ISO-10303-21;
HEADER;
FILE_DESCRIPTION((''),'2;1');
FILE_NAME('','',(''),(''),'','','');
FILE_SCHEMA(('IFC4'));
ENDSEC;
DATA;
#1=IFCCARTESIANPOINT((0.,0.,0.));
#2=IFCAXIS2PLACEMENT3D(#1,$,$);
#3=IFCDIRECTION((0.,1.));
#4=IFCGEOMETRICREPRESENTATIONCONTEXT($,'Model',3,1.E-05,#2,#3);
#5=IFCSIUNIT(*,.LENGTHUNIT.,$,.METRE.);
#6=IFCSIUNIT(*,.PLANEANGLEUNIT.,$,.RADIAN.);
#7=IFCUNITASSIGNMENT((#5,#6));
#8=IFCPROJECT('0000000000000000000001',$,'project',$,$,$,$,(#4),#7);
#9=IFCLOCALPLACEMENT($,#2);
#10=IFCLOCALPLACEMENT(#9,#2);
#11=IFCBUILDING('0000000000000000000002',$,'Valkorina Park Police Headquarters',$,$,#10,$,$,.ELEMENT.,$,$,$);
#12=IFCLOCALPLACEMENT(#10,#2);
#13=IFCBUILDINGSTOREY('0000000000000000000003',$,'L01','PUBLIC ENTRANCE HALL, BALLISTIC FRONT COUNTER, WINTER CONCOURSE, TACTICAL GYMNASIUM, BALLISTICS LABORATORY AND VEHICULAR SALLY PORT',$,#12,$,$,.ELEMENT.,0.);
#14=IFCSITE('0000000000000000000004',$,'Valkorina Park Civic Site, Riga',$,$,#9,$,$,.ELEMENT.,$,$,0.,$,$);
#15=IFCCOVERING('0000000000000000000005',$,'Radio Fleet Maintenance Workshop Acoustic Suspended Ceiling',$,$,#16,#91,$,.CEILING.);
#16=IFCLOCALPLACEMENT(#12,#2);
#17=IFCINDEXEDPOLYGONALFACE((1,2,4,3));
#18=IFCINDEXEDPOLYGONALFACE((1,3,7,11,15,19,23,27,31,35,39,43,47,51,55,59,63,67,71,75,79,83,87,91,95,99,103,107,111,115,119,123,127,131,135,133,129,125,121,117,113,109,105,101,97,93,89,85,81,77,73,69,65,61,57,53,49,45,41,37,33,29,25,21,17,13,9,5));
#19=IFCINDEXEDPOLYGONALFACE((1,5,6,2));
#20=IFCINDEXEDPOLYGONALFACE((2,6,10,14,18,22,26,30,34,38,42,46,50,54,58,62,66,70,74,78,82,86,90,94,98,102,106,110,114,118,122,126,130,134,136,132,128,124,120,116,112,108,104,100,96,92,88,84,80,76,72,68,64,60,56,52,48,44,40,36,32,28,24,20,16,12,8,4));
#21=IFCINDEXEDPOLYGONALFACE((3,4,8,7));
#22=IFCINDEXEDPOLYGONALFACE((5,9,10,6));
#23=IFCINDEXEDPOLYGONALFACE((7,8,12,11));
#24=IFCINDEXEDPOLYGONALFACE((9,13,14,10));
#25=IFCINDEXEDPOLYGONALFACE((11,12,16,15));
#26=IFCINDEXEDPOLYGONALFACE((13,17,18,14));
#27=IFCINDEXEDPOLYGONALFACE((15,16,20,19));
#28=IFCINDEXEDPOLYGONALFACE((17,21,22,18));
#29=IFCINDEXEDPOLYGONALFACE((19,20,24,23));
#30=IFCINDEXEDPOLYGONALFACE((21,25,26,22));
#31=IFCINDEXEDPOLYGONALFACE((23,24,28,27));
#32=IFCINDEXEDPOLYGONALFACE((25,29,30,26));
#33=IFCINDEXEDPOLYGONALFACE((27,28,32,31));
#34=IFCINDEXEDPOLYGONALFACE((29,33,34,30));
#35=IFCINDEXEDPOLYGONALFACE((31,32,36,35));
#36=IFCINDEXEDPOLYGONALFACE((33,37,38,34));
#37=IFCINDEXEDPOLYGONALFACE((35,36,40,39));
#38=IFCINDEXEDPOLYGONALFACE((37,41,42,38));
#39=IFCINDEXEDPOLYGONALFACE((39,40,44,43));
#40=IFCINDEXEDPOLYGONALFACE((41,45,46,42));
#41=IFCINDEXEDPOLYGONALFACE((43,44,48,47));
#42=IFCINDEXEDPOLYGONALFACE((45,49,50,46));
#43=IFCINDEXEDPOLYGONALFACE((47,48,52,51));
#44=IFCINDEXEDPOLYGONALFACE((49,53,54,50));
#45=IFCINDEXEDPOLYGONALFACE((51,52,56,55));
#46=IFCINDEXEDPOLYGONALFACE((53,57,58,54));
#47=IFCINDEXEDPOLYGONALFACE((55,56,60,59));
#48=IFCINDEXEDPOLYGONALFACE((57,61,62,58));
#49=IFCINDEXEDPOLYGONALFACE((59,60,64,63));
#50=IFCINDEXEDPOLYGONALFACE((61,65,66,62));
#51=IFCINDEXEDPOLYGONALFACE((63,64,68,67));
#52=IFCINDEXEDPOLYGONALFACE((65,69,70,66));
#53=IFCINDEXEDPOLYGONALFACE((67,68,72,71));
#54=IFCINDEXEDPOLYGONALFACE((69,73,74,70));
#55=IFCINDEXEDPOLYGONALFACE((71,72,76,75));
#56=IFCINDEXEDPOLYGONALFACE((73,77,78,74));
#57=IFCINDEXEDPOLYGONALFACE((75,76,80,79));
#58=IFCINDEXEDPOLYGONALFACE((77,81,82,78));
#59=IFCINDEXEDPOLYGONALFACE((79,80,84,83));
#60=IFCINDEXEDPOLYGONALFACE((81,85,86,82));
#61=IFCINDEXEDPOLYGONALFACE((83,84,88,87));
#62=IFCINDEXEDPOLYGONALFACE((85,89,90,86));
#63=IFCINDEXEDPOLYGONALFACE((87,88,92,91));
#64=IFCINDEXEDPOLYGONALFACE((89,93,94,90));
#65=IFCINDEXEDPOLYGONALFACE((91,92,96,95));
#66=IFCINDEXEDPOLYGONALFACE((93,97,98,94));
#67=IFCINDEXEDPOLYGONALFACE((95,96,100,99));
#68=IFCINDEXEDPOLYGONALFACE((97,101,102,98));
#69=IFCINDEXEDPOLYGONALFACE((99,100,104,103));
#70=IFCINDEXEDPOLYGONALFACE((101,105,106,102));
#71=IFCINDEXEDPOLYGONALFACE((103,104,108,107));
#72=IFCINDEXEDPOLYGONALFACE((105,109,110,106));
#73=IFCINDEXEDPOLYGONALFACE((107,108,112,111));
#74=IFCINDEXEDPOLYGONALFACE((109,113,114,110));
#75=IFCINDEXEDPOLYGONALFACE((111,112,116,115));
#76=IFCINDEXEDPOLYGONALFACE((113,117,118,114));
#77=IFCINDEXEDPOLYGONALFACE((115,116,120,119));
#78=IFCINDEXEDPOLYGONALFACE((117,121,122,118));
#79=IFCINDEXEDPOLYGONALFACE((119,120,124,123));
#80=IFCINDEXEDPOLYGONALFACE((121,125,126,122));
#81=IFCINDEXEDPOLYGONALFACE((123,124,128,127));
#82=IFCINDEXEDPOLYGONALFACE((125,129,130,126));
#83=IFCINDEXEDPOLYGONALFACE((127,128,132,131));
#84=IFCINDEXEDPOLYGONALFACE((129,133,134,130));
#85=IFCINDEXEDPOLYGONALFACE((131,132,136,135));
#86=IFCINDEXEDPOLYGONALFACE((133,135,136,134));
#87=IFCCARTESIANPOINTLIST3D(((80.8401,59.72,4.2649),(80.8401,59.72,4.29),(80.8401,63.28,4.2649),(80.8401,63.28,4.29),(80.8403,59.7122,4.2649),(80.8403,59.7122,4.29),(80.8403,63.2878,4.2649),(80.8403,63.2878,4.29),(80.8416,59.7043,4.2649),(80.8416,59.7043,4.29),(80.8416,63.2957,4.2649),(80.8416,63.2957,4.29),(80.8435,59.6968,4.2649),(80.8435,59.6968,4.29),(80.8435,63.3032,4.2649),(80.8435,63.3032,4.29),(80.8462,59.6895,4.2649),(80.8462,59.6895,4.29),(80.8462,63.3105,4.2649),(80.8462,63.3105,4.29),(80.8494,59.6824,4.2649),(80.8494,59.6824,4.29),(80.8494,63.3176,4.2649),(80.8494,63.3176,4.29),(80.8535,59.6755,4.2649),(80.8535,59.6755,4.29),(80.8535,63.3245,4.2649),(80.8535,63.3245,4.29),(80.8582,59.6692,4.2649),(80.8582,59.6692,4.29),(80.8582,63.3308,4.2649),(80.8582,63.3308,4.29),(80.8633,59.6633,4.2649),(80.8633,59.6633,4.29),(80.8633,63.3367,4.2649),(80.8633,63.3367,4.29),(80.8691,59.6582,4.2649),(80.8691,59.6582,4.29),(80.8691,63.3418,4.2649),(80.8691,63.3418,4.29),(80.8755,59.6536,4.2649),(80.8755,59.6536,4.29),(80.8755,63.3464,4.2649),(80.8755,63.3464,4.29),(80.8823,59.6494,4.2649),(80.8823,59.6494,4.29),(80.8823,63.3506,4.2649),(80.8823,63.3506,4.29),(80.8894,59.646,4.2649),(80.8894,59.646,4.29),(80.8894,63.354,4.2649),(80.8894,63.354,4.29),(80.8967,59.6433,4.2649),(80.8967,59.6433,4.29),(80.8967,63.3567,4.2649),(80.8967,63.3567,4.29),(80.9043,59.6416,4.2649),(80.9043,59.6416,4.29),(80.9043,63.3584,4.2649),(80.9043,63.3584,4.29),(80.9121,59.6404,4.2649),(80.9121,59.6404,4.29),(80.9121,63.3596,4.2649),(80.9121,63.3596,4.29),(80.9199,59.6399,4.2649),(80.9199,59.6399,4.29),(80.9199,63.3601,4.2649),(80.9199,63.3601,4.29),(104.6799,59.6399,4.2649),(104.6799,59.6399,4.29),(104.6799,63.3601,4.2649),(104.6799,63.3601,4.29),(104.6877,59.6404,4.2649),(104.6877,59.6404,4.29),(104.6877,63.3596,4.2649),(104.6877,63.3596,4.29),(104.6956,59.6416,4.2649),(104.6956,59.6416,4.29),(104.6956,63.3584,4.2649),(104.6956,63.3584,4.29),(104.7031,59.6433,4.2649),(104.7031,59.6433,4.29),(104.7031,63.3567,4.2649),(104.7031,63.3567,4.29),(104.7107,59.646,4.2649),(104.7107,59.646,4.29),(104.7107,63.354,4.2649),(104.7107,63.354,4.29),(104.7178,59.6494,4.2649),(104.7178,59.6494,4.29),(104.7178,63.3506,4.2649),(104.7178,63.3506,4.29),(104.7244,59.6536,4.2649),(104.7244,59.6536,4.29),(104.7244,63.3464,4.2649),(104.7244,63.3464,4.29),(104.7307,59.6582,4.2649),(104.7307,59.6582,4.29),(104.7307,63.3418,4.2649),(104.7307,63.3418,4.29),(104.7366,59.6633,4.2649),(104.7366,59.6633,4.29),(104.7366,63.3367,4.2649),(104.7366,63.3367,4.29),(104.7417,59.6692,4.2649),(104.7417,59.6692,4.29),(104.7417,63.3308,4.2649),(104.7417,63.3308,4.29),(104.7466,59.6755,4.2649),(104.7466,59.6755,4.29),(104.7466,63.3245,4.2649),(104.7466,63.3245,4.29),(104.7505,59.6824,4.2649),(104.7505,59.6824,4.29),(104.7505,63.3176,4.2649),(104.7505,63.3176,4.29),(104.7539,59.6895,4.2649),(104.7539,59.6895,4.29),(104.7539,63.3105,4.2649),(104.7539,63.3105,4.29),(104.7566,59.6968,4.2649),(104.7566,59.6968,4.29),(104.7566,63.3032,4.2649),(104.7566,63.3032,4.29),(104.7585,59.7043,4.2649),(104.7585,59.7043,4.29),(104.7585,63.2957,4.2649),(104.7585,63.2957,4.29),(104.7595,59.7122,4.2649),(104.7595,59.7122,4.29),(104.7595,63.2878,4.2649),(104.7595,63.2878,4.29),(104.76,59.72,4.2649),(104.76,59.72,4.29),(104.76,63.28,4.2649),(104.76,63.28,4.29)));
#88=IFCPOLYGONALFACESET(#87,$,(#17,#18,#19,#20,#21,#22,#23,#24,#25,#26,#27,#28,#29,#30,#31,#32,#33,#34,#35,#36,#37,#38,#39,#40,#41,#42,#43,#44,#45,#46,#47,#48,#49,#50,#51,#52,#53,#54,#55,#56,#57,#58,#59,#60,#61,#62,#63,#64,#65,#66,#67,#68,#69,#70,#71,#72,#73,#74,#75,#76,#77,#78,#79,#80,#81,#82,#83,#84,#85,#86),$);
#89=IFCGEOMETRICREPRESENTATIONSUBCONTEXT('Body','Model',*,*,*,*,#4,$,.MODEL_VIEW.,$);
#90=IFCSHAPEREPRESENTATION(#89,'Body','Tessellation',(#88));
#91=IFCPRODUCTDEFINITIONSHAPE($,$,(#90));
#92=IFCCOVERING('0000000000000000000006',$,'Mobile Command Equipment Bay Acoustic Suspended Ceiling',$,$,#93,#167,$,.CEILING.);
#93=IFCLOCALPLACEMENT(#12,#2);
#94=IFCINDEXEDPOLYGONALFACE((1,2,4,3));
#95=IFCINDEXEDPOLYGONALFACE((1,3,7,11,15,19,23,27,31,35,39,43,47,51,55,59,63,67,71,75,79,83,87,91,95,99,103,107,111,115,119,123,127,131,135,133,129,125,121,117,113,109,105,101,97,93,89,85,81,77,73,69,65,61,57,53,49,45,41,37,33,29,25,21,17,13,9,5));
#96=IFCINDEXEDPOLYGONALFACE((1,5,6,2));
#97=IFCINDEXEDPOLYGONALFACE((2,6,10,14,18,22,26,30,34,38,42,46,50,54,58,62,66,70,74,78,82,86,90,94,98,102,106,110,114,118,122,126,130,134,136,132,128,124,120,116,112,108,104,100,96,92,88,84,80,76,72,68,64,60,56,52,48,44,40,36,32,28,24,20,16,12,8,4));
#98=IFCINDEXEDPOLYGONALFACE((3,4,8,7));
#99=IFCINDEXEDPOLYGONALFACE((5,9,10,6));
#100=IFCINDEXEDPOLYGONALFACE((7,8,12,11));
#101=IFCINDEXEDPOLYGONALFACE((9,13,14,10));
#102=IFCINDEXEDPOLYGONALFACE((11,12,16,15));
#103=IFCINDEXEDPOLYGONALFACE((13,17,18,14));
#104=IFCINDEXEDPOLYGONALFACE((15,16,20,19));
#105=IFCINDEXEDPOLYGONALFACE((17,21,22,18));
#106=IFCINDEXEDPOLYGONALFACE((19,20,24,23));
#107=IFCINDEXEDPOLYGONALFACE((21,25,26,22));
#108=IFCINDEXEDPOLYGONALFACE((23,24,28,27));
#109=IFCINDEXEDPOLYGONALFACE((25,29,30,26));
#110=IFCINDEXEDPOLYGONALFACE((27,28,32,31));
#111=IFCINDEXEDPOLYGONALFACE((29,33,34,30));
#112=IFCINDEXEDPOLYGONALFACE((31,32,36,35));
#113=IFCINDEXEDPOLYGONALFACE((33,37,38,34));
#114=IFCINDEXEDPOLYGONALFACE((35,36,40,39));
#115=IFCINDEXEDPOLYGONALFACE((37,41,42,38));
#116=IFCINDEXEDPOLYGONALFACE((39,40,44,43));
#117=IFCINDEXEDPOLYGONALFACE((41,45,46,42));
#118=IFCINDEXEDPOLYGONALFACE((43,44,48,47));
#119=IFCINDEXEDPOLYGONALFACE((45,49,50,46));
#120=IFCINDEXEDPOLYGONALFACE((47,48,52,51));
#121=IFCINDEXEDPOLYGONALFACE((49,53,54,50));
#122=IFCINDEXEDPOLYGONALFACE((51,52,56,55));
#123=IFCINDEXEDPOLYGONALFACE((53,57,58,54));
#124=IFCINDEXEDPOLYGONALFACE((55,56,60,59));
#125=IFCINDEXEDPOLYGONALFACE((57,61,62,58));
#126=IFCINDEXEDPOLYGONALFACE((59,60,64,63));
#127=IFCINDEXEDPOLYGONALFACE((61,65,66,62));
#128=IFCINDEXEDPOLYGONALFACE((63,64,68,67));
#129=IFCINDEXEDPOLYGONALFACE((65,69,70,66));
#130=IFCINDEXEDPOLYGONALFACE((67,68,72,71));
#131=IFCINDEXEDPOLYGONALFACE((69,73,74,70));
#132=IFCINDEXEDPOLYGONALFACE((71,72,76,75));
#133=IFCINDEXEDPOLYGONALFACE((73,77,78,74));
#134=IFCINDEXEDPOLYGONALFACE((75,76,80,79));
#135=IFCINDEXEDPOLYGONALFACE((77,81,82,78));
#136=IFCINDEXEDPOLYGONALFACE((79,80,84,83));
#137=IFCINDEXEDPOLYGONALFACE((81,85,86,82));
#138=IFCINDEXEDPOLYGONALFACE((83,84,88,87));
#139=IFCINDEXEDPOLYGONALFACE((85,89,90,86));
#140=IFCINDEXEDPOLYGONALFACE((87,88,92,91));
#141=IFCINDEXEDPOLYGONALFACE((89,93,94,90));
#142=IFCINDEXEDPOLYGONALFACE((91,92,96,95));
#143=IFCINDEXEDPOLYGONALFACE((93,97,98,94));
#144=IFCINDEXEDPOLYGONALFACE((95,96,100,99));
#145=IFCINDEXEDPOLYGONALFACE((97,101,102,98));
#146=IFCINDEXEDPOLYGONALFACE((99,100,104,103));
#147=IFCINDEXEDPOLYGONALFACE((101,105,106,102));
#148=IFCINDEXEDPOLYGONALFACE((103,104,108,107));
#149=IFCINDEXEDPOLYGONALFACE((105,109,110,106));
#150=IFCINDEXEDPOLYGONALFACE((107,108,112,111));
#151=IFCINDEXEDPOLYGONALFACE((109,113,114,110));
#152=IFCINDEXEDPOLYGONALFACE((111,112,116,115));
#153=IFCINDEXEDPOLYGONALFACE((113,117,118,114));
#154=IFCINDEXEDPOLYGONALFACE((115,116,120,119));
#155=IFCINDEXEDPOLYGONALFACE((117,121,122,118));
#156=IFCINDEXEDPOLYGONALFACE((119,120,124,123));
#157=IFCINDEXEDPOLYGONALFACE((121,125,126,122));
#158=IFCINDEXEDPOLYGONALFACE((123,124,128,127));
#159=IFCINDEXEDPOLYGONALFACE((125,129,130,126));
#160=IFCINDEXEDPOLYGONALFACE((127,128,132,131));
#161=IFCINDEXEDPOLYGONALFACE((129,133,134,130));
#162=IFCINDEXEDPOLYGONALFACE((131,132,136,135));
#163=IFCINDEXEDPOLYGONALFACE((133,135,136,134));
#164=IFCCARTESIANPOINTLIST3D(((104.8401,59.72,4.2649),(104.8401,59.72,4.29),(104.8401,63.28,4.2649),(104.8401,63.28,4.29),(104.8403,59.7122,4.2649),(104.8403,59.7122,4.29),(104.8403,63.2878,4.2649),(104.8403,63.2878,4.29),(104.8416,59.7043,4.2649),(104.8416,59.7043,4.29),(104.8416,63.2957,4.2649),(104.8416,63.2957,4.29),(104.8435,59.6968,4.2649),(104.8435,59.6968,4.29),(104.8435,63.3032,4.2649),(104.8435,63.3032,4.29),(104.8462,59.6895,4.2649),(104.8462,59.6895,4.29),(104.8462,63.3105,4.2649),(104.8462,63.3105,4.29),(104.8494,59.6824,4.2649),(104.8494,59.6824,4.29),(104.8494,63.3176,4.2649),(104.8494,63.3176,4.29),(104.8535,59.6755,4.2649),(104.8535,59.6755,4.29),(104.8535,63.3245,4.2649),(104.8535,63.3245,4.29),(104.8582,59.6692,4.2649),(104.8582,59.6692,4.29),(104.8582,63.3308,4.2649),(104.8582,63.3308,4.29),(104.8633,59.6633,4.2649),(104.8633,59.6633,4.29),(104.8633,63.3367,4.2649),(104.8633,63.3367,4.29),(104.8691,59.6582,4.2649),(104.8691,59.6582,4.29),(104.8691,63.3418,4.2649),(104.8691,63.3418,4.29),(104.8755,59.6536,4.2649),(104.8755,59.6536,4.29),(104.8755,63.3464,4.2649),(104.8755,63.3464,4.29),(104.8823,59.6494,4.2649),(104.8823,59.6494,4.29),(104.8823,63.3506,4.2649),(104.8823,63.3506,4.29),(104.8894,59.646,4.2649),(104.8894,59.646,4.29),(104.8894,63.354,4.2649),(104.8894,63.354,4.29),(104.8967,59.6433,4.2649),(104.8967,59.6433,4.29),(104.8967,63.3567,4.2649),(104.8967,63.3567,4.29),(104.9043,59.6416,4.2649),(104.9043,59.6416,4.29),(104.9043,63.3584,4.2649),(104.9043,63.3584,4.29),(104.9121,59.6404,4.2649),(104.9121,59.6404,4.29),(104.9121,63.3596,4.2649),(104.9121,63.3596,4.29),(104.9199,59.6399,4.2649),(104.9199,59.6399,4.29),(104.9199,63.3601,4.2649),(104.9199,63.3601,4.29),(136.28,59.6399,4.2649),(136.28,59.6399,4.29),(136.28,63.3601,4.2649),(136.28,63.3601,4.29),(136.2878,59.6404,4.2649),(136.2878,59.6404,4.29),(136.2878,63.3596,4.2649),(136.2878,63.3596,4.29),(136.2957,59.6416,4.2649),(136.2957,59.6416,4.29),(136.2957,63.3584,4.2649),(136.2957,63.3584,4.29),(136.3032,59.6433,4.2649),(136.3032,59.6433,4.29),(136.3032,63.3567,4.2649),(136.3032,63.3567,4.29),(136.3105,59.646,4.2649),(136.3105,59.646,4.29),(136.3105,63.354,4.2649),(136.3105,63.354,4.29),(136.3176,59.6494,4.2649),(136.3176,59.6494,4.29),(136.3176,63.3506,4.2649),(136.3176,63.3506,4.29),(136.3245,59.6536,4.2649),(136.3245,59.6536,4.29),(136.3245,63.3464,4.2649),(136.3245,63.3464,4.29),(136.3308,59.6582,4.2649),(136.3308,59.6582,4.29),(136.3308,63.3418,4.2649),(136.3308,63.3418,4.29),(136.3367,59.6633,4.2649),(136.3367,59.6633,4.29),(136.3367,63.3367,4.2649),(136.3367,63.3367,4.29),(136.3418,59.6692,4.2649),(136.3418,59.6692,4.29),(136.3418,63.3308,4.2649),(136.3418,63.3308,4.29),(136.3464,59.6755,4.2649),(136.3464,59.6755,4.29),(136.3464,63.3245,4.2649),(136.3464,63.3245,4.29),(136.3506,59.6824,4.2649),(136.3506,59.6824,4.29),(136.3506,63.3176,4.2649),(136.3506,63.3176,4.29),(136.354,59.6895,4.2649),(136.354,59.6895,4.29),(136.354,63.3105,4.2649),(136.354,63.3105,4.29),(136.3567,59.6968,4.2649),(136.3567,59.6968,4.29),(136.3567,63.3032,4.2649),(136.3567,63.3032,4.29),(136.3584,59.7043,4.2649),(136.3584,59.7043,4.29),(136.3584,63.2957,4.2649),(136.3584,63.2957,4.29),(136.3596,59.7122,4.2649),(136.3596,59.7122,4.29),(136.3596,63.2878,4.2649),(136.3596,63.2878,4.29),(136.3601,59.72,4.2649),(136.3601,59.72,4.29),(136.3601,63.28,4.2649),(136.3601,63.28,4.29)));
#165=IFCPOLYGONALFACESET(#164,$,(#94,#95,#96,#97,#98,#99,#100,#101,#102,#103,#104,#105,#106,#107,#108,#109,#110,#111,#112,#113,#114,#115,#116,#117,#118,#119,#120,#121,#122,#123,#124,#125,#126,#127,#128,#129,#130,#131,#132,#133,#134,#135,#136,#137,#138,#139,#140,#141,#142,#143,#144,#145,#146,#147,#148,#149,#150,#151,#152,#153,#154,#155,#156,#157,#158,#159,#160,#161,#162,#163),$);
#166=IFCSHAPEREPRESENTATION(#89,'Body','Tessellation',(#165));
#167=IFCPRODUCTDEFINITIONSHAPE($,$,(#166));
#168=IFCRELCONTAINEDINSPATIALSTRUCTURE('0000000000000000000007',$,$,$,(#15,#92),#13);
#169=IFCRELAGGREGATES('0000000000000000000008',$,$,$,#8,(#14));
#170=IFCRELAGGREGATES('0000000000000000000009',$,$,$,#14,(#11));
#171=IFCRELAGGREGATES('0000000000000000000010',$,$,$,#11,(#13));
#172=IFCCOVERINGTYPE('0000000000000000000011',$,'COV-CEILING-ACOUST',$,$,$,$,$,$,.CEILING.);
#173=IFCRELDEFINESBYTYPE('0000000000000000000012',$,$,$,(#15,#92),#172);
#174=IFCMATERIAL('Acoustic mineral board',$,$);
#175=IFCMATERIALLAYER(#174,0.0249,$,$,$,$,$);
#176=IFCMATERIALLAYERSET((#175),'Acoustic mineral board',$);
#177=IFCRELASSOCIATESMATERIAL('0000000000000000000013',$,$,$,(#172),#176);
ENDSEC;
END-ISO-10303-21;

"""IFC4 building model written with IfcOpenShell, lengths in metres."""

from ifc_helpers import new_model, si_unit, direction, frame, origin, place, context, subcontext, project, spatial, polyline, outline, extrude, material, layer, layer_set, type_object, element, save


model = new_model("IFC4")

# Units and contexts
model_context = context("Model", 3, precision=1e-05, world=origin(), true_north=direction((0.0, 1.0)))
body_context = subcontext(model_context, "Body", "Model", "MODEL_VIEW")
ifc_project = project(units=[si_unit("LENGTHUNIT", "METRE"), si_unit("PLANEANGLEUNIT", "RADIAN")], contexts=[model_context])

# Site, building, storey
site_placement = place(None, origin())
site = spatial("IfcSite", under=ifc_project, at=site_placement, Name="Valkorina Park Civic Site, Riga", CompositionType="ELEMENT", RefElevation=0.0)
building_placement = place(site_placement, origin())
building = spatial("IfcBuilding", under=site, at=building_placement, Name="Valkorina Park Police Headquarters", CompositionType="ELEMENT")
storey_placement = place(building_placement, origin())
storey = spatial("IfcBuildingStorey", under=building, at=storey_placement, Name="L01", Description="PUBLIC ENTRANCE HALL, BALLISTIC FRONT COUNTER, WINTER CONCOURSE, TACTICAL GYMNASIUM, BALLISTICS LABORATORY AND VEHICULAR SALLY PORT", CompositionType="ELEMENT", Elevation=0.0)

# Coverings
ifc_material_1 = material(Name="Acoustic mineral board")
ifc_layer_1 = layer(ifc_material_1, 0.0249)
ifc_layer_set_1 = layer_set([ifc_layer_1], Name="Acoustic mineral board")
covering_type_1 = type_object("IfcCoveringType", Name="COV-CEILING-ACOUST", PredefinedType="CEILING", material=ifc_layer_set_1)
covering_1_placement = place(storey_placement, frame((0.0, 0.0, 4.2649)))
element("IfcCovering", 1, at=covering_1_placement, inside=storey, type_object=covering_type_1, Name="Radio Fleet Maintenance Workshop Acoustic Suspended Ceiling", PredefinedType="CEILING", context=body_context, shape_type="SweptSolid", body=[
    extrude(outline(polyline([(104.7585, 59.7043), (104.7595, 59.7122), (104.76, 59.72), (104.76, 63.28), (104.7595, 63.2878), (104.7585, 63.2957), (104.7566, 63.3032), (104.7539, 63.3105), (104.7505, 63.3176), (104.7466, 63.3245), (104.7417, 63.3308), (104.7366, 63.3367), (104.7307, 63.3418), (104.7244, 63.3464), (104.7178, 63.3506), (104.7107, 63.354), (104.7031, 63.3567), (104.6956, 63.3584), (104.6877, 63.3596), (104.6799, 63.3601), (80.9199, 63.3601), (80.9121, 63.3596), (80.9043, 63.3584), (80.8967, 63.3567), (80.8894, 63.354), (80.8823, 63.3506), (80.8755, 63.3464), (80.8691, 63.3418), (80.8633, 63.3367), (80.8582, 63.3308), (80.8535, 63.3245), (80.8494, 63.3176), (80.8462, 63.3105), (80.8435, 63.3032), (80.8416, 63.2957), (80.8403, 63.2878), (80.8401, 63.28), (80.8401, 59.72), (80.8403, 59.7122), (80.8416, 59.7043), (80.8435, 59.6968), (80.8462, 59.6895), (80.8494, 59.6824), (80.8535, 59.6755), (80.8582, 59.6692), (80.8633, 59.6633), (80.8691, 59.6582), (80.8755, 59.6536), (80.8823, 59.6494), (80.8894, 59.646), (80.8967, 59.6433), (80.9043, 59.6416), (80.9121, 59.6404), (80.9199, 59.6399), (104.6799, 59.6399), (104.6877, 59.6404), (104.6956, 59.6416), (104.7031, 59.6433), (104.7107, 59.646), (104.7178, 59.6494), (104.7244, 59.6536), (104.7307, 59.6582), (104.7366, 59.6633), (104.7417, 59.6692), (104.7466, 59.6755), (104.7505, 59.6824), (104.7539, 59.6895), (104.7566, 59.6968), (104.7585, 59.7043)])), origin(), (0.0, 0.0, 1.0), 0.0251),
])
covering_2_placement = place(storey_placement, frame((0.0, 0.0, 4.2649)))
element("IfcCovering", 2, at=covering_2_placement, inside=storey, type_object=covering_type_1, Name="Mobile Command Equipment Bay Acoustic Suspended Ceiling", PredefinedType="CEILING", context=body_context, shape_type="SweptSolid", body=[
    extrude(outline(polyline([(136.3584, 59.7043), (136.3596, 59.7122), (136.3601, 59.72), (136.3601, 63.28), (136.3596, 63.2878), (136.3584, 63.2957), (136.3567, 63.3032), (136.354, 63.3105), (136.3506, 63.3176), (136.3464, 63.3245), (136.3418, 63.3308), (136.3367, 63.3367), (136.3308, 63.3418), (136.3245, 63.3464), (136.3176, 63.3506), (136.3105, 63.354), (136.3032, 63.3567), (136.2957, 63.3584), (136.2878, 63.3596), (136.28, 63.3601), (104.9199, 63.3601), (104.9121, 63.3596), (104.9043, 63.3584), (104.8967, 63.3567), (104.8894, 63.354), (104.8823, 63.3506), (104.8755, 63.3464), (104.8691, 63.3418), (104.8633, 63.3367), (104.8582, 63.3308), (104.8535, 63.3245), (104.8494, 63.3176), (104.8462, 63.3105), (104.8435, 63.3032), (104.8416, 63.2957), (104.8403, 63.2878), (104.8401, 63.28), (104.8401, 59.72), (104.8403, 59.7122), (104.8416, 59.7043), (104.8435, 59.6968), (104.8462, 59.6895), (104.8494, 59.6824), (104.8535, 59.6755), (104.8582, 59.6692), (104.8633, 59.6633), (104.8691, 59.6582), (104.8755, 59.6536), (104.8823, 59.6494), (104.8894, 59.646), (104.8967, 59.6433), (104.9043, 59.6416), (104.9121, 59.6404), (104.9199, 59.6399), (136.28, 59.6399), (136.2878, 59.6404), (136.2957, 59.6416), (136.3032, 59.6433), (136.3105, 59.646), (136.3176, 59.6494), (136.3245, 59.6536), (136.3308, 59.6582), (136.3367, 59.6633), (136.3418, 59.6692), (136.3464, 59.6755), (136.3506, 59.6824), (136.354, 59.6895), (136.3567, 59.6968), (136.3584, 59.7043)])), origin(), (0.0, 0.0, 1.0), 0.0251),
])

save(model, "model.ifc")
